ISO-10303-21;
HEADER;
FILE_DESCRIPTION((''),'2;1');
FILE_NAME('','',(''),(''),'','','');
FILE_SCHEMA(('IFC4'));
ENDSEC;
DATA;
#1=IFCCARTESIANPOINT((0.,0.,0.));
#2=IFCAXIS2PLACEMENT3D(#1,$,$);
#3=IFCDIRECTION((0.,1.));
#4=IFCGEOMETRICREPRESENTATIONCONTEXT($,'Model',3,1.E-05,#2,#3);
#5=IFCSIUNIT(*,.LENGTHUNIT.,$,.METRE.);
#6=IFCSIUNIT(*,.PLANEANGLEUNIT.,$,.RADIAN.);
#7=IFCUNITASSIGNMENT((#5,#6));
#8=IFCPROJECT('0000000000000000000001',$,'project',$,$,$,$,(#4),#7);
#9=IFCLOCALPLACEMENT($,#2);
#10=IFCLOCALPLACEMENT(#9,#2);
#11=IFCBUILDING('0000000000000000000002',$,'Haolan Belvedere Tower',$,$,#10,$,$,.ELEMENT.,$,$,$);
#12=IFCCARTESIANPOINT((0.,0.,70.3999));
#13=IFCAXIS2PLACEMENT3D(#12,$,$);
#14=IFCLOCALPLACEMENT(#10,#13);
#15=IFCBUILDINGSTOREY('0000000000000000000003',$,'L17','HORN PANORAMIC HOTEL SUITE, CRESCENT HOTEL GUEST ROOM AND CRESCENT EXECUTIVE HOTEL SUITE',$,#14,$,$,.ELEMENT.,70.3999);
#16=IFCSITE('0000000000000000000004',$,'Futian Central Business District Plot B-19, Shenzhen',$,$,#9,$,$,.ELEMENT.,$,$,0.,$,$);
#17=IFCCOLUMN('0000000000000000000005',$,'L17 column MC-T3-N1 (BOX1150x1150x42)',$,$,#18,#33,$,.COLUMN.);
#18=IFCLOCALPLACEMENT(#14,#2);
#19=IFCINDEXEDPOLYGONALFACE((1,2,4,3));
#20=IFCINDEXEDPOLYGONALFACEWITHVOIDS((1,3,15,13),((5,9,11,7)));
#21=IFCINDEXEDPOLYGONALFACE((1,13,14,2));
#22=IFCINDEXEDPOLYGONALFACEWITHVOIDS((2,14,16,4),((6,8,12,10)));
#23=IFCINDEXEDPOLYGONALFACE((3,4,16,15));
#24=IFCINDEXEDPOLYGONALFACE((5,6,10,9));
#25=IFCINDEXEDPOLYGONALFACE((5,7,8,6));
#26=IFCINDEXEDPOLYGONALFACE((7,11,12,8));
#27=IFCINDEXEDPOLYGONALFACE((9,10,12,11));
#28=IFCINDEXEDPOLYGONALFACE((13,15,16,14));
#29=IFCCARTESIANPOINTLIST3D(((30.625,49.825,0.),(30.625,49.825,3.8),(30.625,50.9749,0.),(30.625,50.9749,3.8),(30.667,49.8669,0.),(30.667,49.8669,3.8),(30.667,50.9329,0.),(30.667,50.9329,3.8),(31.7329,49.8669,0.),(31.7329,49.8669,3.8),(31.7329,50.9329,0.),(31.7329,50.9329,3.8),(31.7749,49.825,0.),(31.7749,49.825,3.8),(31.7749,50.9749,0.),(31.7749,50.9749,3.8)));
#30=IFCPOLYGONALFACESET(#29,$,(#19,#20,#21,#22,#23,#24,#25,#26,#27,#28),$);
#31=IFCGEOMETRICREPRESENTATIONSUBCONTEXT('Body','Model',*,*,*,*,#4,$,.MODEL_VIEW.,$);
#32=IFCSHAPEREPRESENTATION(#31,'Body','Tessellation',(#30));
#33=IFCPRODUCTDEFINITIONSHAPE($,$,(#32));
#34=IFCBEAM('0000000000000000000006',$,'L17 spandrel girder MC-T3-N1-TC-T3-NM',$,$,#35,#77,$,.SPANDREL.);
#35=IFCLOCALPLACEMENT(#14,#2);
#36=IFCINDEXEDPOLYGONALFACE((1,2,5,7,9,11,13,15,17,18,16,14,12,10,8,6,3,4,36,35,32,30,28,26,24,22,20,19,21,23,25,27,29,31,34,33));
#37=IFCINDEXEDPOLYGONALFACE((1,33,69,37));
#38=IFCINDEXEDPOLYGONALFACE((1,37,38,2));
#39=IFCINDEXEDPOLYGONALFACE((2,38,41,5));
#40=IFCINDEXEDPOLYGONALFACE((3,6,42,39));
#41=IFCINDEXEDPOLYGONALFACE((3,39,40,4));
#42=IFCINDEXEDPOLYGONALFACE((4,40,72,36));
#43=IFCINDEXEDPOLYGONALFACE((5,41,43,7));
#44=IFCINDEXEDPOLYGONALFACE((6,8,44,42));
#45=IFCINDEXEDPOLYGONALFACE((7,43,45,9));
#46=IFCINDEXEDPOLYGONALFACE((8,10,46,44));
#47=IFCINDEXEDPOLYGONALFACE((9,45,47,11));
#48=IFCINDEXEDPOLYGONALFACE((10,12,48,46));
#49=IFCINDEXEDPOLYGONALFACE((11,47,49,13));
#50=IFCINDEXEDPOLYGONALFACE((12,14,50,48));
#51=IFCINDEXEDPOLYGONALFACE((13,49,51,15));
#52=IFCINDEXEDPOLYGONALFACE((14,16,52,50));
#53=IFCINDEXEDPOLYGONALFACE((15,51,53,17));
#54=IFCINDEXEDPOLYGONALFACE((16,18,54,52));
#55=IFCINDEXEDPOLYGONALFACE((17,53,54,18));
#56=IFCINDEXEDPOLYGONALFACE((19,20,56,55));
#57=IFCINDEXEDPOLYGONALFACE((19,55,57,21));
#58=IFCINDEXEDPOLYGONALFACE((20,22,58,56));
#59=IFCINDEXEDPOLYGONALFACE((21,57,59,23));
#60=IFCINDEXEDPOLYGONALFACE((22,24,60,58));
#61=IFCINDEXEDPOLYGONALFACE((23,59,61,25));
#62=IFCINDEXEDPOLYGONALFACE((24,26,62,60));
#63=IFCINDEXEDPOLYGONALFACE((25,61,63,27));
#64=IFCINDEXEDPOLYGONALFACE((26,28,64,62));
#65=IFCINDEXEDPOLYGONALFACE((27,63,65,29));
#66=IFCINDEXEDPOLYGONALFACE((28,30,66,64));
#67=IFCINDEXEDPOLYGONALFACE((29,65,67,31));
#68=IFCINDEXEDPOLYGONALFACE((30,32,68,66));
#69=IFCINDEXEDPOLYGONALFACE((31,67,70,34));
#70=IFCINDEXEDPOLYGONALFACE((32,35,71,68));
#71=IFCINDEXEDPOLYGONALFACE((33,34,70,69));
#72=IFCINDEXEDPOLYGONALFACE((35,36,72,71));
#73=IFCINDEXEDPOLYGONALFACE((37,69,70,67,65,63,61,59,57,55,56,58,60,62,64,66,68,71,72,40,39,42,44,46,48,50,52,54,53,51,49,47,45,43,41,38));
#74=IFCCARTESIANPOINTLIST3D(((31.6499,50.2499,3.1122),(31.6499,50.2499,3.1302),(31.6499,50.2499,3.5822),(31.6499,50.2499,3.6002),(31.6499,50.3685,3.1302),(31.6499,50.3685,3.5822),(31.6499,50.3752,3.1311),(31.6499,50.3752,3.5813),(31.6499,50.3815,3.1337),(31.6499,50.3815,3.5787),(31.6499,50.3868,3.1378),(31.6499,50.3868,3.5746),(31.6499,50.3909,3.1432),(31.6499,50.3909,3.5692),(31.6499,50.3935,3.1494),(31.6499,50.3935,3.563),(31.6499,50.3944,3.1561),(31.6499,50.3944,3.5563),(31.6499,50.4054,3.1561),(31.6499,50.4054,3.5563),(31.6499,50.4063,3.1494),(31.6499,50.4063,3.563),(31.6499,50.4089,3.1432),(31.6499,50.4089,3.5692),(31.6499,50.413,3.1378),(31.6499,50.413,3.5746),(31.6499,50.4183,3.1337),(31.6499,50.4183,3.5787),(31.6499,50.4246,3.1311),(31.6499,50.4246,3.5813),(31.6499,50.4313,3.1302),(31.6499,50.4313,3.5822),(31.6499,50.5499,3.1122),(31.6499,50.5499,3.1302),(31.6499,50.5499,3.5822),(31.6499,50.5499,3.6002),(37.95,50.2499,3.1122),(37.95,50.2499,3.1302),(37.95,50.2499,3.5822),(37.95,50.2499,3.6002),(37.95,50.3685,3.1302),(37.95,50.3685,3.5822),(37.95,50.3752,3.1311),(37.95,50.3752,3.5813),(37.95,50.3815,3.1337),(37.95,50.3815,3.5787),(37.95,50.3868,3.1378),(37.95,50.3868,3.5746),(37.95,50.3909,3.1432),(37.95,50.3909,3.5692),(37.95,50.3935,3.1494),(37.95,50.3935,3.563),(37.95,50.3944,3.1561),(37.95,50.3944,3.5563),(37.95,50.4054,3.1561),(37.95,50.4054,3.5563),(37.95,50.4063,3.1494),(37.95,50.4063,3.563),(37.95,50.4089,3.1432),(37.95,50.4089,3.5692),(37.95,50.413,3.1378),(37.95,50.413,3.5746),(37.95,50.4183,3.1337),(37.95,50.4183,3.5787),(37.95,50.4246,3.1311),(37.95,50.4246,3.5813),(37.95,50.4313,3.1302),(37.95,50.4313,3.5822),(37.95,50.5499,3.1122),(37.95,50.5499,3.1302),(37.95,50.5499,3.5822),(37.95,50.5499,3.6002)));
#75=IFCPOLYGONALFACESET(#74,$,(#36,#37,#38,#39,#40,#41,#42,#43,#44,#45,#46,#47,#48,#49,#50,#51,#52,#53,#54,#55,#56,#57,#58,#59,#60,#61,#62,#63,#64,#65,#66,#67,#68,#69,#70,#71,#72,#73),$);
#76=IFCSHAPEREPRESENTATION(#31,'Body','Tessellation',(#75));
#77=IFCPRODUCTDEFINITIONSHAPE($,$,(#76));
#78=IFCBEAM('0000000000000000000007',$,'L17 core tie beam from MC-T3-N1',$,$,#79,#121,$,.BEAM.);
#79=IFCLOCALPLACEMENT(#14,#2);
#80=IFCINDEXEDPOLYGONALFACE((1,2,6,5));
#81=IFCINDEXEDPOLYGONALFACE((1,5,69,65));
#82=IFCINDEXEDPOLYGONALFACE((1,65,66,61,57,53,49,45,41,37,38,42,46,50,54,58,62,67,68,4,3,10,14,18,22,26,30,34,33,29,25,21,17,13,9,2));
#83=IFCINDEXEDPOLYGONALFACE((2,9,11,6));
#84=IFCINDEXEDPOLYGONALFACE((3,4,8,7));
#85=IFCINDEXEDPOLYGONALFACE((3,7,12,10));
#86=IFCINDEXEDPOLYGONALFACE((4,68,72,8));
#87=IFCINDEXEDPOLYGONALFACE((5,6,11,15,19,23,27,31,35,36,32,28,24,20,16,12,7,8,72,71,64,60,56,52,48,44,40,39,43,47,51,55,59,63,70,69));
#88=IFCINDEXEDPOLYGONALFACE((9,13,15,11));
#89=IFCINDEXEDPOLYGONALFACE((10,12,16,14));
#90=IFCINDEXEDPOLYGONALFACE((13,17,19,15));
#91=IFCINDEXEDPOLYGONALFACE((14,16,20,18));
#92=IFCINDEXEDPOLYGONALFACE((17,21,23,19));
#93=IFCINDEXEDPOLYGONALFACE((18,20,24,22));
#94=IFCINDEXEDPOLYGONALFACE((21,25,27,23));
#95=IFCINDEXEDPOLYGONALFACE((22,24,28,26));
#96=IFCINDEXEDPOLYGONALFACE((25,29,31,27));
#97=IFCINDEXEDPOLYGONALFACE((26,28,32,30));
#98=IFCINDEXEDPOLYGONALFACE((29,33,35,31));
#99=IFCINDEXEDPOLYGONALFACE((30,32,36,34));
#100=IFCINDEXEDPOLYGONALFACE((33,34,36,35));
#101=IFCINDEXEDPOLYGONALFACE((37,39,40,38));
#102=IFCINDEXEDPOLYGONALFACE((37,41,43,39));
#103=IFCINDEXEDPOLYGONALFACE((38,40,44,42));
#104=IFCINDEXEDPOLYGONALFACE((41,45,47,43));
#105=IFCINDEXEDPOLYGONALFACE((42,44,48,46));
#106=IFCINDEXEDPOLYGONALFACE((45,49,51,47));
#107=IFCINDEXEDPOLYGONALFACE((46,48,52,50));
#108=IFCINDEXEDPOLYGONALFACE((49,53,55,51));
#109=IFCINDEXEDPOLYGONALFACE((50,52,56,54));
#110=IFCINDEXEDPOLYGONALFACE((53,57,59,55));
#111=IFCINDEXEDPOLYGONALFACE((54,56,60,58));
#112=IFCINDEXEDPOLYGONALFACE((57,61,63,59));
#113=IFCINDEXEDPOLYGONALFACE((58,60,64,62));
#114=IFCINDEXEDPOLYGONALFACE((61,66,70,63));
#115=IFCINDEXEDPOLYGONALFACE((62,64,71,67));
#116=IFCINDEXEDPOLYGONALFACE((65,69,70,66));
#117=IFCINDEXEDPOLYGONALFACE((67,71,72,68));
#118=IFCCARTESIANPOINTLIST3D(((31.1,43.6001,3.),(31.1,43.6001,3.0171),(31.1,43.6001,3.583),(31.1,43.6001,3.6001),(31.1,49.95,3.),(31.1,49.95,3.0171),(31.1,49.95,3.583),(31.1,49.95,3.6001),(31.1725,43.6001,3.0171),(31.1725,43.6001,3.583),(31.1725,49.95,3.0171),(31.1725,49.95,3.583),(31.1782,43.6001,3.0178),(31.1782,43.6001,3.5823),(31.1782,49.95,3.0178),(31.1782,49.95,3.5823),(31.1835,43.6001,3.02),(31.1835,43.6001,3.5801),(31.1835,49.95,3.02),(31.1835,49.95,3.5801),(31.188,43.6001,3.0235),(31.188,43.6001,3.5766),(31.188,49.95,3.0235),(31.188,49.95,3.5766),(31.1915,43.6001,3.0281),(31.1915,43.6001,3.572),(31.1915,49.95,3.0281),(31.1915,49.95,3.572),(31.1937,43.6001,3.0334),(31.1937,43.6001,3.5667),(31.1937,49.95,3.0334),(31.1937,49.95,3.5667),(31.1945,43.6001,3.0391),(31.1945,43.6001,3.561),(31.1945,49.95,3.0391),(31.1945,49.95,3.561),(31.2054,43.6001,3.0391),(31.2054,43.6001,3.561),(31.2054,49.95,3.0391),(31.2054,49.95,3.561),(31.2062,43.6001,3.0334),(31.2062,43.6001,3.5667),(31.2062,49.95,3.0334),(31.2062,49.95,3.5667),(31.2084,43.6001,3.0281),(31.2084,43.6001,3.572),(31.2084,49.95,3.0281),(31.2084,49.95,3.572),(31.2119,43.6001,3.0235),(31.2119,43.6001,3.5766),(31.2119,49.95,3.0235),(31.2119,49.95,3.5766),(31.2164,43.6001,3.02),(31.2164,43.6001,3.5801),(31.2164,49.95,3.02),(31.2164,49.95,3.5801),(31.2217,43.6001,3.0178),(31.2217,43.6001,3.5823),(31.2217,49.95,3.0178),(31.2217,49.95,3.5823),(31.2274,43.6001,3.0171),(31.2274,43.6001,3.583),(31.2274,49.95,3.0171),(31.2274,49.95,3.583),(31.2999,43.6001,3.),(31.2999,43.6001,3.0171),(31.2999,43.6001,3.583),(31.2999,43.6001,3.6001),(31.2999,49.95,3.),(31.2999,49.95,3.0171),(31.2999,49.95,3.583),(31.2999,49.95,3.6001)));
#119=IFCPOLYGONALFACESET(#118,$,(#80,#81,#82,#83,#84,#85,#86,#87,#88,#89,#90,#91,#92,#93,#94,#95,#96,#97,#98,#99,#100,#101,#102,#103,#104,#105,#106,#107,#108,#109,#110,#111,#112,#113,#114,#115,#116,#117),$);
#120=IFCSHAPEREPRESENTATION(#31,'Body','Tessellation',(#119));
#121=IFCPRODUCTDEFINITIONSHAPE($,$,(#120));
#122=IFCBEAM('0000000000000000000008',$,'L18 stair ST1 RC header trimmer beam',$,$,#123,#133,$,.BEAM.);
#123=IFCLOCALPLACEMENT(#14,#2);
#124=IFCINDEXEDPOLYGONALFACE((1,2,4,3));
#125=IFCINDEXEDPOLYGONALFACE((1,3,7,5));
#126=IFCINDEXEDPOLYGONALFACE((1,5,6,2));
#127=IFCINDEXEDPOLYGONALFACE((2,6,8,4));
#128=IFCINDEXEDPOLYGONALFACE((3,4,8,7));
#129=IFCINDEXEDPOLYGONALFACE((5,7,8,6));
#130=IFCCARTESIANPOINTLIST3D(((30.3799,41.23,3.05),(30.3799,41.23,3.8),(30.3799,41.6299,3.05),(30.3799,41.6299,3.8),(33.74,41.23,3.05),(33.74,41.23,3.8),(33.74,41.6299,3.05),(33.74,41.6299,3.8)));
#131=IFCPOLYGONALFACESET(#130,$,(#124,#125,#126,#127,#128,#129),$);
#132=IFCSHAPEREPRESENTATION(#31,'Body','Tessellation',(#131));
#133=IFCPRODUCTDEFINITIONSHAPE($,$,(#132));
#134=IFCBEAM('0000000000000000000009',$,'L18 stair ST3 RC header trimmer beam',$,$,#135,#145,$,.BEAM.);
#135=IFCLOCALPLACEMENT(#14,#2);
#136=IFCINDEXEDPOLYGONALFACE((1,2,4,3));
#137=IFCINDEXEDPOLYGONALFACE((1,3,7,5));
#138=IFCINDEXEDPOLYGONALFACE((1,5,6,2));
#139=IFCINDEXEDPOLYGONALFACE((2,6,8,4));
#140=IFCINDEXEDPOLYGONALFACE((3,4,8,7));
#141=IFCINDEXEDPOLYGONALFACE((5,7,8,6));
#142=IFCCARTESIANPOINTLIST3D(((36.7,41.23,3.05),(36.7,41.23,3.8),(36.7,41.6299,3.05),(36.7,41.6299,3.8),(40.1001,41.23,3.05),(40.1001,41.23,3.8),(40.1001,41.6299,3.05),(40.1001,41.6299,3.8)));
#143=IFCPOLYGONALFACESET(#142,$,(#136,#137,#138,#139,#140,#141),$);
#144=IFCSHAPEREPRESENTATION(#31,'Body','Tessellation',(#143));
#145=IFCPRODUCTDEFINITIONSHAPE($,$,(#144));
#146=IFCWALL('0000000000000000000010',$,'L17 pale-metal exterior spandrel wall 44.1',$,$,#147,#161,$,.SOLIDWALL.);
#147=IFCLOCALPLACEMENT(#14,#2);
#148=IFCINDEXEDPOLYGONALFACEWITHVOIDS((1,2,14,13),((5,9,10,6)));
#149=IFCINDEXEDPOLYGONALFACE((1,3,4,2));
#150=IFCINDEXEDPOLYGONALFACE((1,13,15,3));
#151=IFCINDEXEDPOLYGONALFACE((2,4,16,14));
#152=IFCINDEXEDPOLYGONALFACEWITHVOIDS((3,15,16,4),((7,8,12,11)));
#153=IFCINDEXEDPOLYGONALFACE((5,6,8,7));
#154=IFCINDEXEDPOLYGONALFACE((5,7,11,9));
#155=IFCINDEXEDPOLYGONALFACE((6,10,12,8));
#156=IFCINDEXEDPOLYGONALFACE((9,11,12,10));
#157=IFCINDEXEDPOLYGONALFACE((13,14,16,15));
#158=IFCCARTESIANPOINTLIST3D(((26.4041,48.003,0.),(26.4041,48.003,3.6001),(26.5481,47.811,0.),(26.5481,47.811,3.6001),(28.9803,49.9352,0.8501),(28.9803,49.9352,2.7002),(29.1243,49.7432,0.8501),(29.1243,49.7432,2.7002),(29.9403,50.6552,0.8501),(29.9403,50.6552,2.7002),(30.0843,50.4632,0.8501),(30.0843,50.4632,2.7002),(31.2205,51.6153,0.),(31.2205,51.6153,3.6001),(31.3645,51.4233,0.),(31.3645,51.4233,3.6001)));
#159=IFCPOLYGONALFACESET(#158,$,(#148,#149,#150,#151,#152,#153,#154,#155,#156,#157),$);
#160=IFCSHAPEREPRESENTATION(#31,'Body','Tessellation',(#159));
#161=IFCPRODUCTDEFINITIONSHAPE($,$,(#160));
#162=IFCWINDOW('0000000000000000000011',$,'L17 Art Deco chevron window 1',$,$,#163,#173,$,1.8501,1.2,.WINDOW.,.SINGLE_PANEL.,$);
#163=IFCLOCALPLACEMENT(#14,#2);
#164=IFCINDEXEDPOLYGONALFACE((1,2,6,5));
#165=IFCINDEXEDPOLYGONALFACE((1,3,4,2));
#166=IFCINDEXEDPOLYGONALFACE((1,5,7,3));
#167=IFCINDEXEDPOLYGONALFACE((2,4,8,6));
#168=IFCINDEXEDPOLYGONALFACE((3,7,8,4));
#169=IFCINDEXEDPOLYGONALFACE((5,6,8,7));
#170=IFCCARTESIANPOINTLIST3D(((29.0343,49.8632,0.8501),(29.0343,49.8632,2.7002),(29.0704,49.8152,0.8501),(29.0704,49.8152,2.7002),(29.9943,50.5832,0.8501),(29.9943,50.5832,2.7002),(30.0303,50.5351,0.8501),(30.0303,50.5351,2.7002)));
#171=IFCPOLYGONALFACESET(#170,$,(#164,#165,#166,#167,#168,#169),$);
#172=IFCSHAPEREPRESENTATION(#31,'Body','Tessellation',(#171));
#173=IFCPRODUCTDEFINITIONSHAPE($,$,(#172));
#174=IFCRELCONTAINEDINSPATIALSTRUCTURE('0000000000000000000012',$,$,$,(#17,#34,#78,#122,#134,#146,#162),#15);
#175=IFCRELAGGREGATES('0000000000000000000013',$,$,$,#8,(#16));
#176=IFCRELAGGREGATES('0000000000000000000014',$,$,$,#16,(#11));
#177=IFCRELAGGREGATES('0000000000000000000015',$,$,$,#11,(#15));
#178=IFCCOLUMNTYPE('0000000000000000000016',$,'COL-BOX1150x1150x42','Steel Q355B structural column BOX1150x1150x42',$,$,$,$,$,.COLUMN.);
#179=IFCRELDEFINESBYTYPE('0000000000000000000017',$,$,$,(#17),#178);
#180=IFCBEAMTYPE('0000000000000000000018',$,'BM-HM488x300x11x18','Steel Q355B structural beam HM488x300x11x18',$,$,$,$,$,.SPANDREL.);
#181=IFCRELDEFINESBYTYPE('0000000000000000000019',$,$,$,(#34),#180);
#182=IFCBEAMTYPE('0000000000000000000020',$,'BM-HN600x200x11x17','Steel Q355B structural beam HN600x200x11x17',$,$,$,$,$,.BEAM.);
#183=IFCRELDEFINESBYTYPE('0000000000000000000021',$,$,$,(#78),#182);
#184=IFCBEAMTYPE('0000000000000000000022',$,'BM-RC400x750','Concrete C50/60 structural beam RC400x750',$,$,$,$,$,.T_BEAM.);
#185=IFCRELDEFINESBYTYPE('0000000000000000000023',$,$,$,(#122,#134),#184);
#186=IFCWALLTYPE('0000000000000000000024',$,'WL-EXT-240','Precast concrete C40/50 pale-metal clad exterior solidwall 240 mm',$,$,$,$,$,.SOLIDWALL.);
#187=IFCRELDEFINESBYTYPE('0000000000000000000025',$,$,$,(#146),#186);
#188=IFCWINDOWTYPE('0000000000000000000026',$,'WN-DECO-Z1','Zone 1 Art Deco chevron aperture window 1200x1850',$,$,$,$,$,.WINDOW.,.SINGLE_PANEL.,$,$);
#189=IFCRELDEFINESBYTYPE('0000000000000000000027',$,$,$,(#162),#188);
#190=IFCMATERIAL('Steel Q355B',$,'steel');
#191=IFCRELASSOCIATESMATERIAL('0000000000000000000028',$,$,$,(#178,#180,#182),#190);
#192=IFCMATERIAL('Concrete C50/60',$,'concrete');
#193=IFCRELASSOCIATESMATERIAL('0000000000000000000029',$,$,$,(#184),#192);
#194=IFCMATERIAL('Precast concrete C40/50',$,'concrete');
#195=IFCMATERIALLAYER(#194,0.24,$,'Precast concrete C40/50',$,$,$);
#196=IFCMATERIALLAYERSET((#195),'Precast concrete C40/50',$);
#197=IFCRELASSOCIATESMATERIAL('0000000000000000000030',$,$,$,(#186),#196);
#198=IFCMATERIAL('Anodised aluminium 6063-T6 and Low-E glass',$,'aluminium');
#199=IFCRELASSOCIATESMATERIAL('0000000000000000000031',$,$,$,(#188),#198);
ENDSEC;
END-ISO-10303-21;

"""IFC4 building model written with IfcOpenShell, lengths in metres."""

from ifc_helpers import new_model, si_unit, direction, frame, frame_2d, origin, origin_2d, place, context, subcontext, project, spatial, rectangle, hollow_rectangle, i_section, extrude, material, layer, layer_set, material_profile, profile_set, type_object, element, fill, save


model = new_model("IFC4")

# Units and contexts
model_context = context("Model", 3, precision=1e-05, world=origin(), true_north=direction((0.0, 1.0)))
body_context = subcontext(model_context, "Body", "Model", "MODEL_VIEW")
ifc_project = project(units=[si_unit("LENGTHUNIT", "METRE"), si_unit("PLANEANGLEUNIT", "RADIAN")], contexts=[model_context])

# Site, building, storey
site_placement = place(None, origin())
site = spatial("IfcSite", under=ifc_project, at=site_placement, Name="Futian Central Business District Plot B-19, Shenzhen", CompositionType="ELEMENT", RefElevation=0.0)
building_placement = place(site_placement, origin())
building = spatial("IfcBuilding", under=site, at=building_placement, Name="Haolan Belvedere Tower", CompositionType="ELEMENT")
storey_placement = place(building_placement, frame((0.0, 0.0, 70.3999)))
storey = spatial("IfcBuildingStorey", under=building, at=storey_placement, Name="L17", Description="HORN PANORAMIC HOTEL SUITE, CRESCENT HOTEL GUEST ROOM AND CRESCENT EXECUTIVE HOTEL SUITE", CompositionType="ELEMENT", Elevation=70.3999)

# Column
ifc_material_1 = material(Name="Steel Q355B", Category="steel")
ifc_material_profile_1 = material_profile(ifc_material_1, hollow_rectangle(XDim=1.1499, YDim=1.1499, WallThickness=0.042, at=origin_2d()), Name="Steel Q355B")
ifc_profile_set_1 = profile_set([ifc_material_profile_1], Name="Steel Q355B")
column_type = type_object("IfcColumnType", Name="COL-BOX1150x1150x42", Description="Steel Q355B structural column BOX1150x1150x42", PredefinedType="COLUMN", material=ifc_profile_set_1)
column_placement = place(storey_placement, frame((31.2, 50.3999, 0.0), z_axis=(0.0, 0.0, 1.0), x_axis=(1.0, 0.0, 0.0)))
element("IfcColumn", 1, at=column_placement, inside=storey, type_object=column_type, Name="L17 column MC-T3-N1 (BOX1150x1150x42)", PredefinedType="COLUMN", context=body_context, shape_type="SweptSolid", body=[
    extrude(hollow_rectangle(XDim=1.1499, YDim=1.1499, WallThickness=0.042, at=origin_2d()), origin(), (0.0, 0.0, 1.0), 3.8),
])

# Beams
ifc_material_profile_2 = material_profile(ifc_material_1, i_section(OverallWidth=0.3, OverallDepth=0.488, WebThickness=0.011, FlangeThickness=0.0181, FilletRadius=0.0259, at=origin_2d()), Name="Steel Q355B")
ifc_profile_set_2 = profile_set([ifc_material_profile_2], Name="Steel Q355B")
beam_type_1 = type_object("IfcBeamType", Name="BM-HM488x300x11x18", Description="Steel Q355B structural beam HM488x300x11x18", PredefinedType="SPANDREL", material=ifc_profile_set_2)
beam_1_placement = place(storey_placement, frame((31.6499, 50.3999, 3.3562), z_axis=(1.0, 0.0, 0.0), x_axis=(0.0, 1.0, 0.0)))
element("IfcBeam", 2, at=beam_1_placement, inside=storey, type_object=beam_type_1, Name="L17 spandrel girder MC-T3-N1-TC-T3-NM", PredefinedType="SPANDREL", context=body_context, shape_type="SweptSolid", body=[
    extrude(i_section(OverallWidth=0.3, OverallDepth=0.488, WebThickness=0.011, FlangeThickness=0.0181, FilletRadius=0.0259, at=origin_2d()), origin(), (0.0, 0.0, 1.0), 6.3),
])
ifc_material_profile_3 = material_profile(ifc_material_1, i_section(OverallWidth=0.2, OverallDepth=0.6001, WebThickness=0.011, FlangeThickness=0.0171, FilletRadius=0.022, at=origin_2d()), Name="Steel Q355B")
ifc_profile_set_3 = profile_set([ifc_material_profile_3], Name="Steel Q355B")
beam_type_2 = type_object("IfcBeamType", Name="BM-HN600x200x11x17", Description="Steel Q355B structural beam HN600x200x11x17", PredefinedType="BEAM", material=ifc_profile_set_3)
beam_2_placement = place(storey_placement, frame((31.2, 49.95, 3.3), z_axis=(0.0, -1.0, 0.0), x_axis=(1.0, 0.0, 0.0)))
element("IfcBeam", 3, at=beam_2_placement, inside=storey, type_object=beam_type_2, Name="L17 core tie beam from MC-T3-N1", PredefinedType="BEAM", context=body_context, shape_type="SweptSolid", body=[
    extrude(i_section(OverallWidth=0.2, OverallDepth=0.6001, WebThickness=0.011, FlangeThickness=0.0171, FilletRadius=0.022, at=origin_2d()), origin(), (0.0, 0.0, 1.0), 6.3499),
])
ifc_material_2 = material(Name="Concrete C50/60", Category="concrete")
ifc_material_profile_4 = material_profile(ifc_material_2, rectangle(XDim=0.3999, YDim=0.75, at=origin_2d()), Name="Concrete C50/60")
ifc_profile_set_4 = profile_set([ifc_material_profile_4], Name="Concrete C50/60")
beam_type_3 = type_object("IfcBeamType", Name="BM-RC400x750", Description="Concrete C50/60 structural beam RC400x750", PredefinedType="T_BEAM", material=ifc_profile_set_4)
beam_3_placement = place(storey_placement, frame((30.3799, 41.4299, 3.425), z_axis=(1.0, 0.0, 0.0), x_axis=(0.0, 1.0, 0.0)))
element("IfcBeam", 4, at=beam_3_placement, inside=storey, type_object=beam_type_3, Name="L18 stair ST1 RC header trimmer beam", PredefinedType="BEAM", context=body_context, shape_type="SweptSolid", body=[
    extrude(rectangle(XDim=0.3999, YDim=0.75, at=origin_2d()), origin(), (0.0, 0.0, 1.0), 3.3601),
])
beam_4_placement = place(storey_placement, frame((36.7, 41.4299, 3.425), z_axis=(1.0, 0.0, 0.0), x_axis=(0.0, 1.0, 0.0)))
element("IfcBeam", 5, at=beam_4_placement, inside=storey, type_object=beam_type_3, Name="L18 stair ST3 RC header trimmer beam", PredefinedType="BEAM", context=body_context, shape_type="SweptSolid", body=[
    extrude(rectangle(XDim=0.3999, YDim=0.75, at=origin_2d()), origin(), (0.0, 0.0, 1.0), 3.4001),
])

# Wall, opening, window
ifc_material_3 = material(Name="Precast concrete C40/50", Category="concrete")
ifc_layer_1 = layer(ifc_material_3, 0.24, Name="Precast concrete C40/50")
ifc_layer_set_1 = layer_set([ifc_layer_1], Name="Precast concrete C40/50")
wall_type_1 = type_object("IfcWallType", Name="WL-EXT-240", Description="Precast concrete C40/50 pale-metal clad exterior solidwall 240 mm", PredefinedType="SOLIDWALL", material=ifc_layer_set_1)
wall_1_placement = place(storey_placement, frame((31.2925, 51.5193, 0.0), z_axis=(0.0, 0.0, 1.0), x_axis=(-0.8, -0.6, 0.0)))
wall_1 = element("IfcWall", 6, at=wall_1_placement, inside=storey, type_object=wall_type_1, Name="L17 pale-metal exterior spandrel wall 44.1", PredefinedType="SOLIDWALL", context=body_context, shape_type="SweptSolid", body=[
    extrude(rectangle(XDim=6.0205, YDim=0.24, at=frame_2d((3.0103, 0.0))), origin(), (0.0, 0.0, 1.0), 3.6001),
])
opening_1_placement = place(wall_1_placement, frame((1.6001, 0.0, 0.8501)))
opening_1 = element("IfcOpeningElement", 7, at=opening_1_placement, cuts=wall_1, PredefinedType="OPENING", context=body_context, shape_type="SweptSolid", body=[
    extrude(rectangle(XDim=1.2, YDim=1.8501, at=frame_2d((0.6001, 0.925))), frame((0.0, 0.1299, 0.0), z_axis=(0.0, -1.0, 0.0), x_axis=(1.0, 0.0, 0.0)), (0.0, 0.0, 1.0), 0.26),
])
ifc_material_4 = material(Name="Anodised aluminium 6063-T6 and Low-E glass", Category="aluminium")
window_type = type_object("IfcWindowType", Name="WN-DECO-Z1", Description="Zone 1 Art Deco chevron aperture window 1200x1850", PartitioningType="SINGLE_PANEL", PredefinedType="WINDOW", material=ifc_material_4)
window_placement = place(opening_1_placement, origin())
window = element("IfcWindow", 8, at=window_placement, inside=storey, type_object=window_type, Name="L17 Art Deco chevron window 1", OverallHeight=1.8501, OverallWidth=1.2, PartitioningType="SINGLE_PANEL", PredefinedType="WINDOW", context=body_context, shape_type="SweptSolid", body=[
    extrude(rectangle(XDim=1.2, YDim=1.8501, at=frame_2d((0.6001, 0.925))), frame((0.0, 0.03, 0.0), z_axis=(0.0, -1.0, 0.0), x_axis=(1.0, 0.0, 0.0)), (0.0, 0.0, 1.0), 0.0601),
])
fill(opening_1, window)

save(model, "model.ifc")
